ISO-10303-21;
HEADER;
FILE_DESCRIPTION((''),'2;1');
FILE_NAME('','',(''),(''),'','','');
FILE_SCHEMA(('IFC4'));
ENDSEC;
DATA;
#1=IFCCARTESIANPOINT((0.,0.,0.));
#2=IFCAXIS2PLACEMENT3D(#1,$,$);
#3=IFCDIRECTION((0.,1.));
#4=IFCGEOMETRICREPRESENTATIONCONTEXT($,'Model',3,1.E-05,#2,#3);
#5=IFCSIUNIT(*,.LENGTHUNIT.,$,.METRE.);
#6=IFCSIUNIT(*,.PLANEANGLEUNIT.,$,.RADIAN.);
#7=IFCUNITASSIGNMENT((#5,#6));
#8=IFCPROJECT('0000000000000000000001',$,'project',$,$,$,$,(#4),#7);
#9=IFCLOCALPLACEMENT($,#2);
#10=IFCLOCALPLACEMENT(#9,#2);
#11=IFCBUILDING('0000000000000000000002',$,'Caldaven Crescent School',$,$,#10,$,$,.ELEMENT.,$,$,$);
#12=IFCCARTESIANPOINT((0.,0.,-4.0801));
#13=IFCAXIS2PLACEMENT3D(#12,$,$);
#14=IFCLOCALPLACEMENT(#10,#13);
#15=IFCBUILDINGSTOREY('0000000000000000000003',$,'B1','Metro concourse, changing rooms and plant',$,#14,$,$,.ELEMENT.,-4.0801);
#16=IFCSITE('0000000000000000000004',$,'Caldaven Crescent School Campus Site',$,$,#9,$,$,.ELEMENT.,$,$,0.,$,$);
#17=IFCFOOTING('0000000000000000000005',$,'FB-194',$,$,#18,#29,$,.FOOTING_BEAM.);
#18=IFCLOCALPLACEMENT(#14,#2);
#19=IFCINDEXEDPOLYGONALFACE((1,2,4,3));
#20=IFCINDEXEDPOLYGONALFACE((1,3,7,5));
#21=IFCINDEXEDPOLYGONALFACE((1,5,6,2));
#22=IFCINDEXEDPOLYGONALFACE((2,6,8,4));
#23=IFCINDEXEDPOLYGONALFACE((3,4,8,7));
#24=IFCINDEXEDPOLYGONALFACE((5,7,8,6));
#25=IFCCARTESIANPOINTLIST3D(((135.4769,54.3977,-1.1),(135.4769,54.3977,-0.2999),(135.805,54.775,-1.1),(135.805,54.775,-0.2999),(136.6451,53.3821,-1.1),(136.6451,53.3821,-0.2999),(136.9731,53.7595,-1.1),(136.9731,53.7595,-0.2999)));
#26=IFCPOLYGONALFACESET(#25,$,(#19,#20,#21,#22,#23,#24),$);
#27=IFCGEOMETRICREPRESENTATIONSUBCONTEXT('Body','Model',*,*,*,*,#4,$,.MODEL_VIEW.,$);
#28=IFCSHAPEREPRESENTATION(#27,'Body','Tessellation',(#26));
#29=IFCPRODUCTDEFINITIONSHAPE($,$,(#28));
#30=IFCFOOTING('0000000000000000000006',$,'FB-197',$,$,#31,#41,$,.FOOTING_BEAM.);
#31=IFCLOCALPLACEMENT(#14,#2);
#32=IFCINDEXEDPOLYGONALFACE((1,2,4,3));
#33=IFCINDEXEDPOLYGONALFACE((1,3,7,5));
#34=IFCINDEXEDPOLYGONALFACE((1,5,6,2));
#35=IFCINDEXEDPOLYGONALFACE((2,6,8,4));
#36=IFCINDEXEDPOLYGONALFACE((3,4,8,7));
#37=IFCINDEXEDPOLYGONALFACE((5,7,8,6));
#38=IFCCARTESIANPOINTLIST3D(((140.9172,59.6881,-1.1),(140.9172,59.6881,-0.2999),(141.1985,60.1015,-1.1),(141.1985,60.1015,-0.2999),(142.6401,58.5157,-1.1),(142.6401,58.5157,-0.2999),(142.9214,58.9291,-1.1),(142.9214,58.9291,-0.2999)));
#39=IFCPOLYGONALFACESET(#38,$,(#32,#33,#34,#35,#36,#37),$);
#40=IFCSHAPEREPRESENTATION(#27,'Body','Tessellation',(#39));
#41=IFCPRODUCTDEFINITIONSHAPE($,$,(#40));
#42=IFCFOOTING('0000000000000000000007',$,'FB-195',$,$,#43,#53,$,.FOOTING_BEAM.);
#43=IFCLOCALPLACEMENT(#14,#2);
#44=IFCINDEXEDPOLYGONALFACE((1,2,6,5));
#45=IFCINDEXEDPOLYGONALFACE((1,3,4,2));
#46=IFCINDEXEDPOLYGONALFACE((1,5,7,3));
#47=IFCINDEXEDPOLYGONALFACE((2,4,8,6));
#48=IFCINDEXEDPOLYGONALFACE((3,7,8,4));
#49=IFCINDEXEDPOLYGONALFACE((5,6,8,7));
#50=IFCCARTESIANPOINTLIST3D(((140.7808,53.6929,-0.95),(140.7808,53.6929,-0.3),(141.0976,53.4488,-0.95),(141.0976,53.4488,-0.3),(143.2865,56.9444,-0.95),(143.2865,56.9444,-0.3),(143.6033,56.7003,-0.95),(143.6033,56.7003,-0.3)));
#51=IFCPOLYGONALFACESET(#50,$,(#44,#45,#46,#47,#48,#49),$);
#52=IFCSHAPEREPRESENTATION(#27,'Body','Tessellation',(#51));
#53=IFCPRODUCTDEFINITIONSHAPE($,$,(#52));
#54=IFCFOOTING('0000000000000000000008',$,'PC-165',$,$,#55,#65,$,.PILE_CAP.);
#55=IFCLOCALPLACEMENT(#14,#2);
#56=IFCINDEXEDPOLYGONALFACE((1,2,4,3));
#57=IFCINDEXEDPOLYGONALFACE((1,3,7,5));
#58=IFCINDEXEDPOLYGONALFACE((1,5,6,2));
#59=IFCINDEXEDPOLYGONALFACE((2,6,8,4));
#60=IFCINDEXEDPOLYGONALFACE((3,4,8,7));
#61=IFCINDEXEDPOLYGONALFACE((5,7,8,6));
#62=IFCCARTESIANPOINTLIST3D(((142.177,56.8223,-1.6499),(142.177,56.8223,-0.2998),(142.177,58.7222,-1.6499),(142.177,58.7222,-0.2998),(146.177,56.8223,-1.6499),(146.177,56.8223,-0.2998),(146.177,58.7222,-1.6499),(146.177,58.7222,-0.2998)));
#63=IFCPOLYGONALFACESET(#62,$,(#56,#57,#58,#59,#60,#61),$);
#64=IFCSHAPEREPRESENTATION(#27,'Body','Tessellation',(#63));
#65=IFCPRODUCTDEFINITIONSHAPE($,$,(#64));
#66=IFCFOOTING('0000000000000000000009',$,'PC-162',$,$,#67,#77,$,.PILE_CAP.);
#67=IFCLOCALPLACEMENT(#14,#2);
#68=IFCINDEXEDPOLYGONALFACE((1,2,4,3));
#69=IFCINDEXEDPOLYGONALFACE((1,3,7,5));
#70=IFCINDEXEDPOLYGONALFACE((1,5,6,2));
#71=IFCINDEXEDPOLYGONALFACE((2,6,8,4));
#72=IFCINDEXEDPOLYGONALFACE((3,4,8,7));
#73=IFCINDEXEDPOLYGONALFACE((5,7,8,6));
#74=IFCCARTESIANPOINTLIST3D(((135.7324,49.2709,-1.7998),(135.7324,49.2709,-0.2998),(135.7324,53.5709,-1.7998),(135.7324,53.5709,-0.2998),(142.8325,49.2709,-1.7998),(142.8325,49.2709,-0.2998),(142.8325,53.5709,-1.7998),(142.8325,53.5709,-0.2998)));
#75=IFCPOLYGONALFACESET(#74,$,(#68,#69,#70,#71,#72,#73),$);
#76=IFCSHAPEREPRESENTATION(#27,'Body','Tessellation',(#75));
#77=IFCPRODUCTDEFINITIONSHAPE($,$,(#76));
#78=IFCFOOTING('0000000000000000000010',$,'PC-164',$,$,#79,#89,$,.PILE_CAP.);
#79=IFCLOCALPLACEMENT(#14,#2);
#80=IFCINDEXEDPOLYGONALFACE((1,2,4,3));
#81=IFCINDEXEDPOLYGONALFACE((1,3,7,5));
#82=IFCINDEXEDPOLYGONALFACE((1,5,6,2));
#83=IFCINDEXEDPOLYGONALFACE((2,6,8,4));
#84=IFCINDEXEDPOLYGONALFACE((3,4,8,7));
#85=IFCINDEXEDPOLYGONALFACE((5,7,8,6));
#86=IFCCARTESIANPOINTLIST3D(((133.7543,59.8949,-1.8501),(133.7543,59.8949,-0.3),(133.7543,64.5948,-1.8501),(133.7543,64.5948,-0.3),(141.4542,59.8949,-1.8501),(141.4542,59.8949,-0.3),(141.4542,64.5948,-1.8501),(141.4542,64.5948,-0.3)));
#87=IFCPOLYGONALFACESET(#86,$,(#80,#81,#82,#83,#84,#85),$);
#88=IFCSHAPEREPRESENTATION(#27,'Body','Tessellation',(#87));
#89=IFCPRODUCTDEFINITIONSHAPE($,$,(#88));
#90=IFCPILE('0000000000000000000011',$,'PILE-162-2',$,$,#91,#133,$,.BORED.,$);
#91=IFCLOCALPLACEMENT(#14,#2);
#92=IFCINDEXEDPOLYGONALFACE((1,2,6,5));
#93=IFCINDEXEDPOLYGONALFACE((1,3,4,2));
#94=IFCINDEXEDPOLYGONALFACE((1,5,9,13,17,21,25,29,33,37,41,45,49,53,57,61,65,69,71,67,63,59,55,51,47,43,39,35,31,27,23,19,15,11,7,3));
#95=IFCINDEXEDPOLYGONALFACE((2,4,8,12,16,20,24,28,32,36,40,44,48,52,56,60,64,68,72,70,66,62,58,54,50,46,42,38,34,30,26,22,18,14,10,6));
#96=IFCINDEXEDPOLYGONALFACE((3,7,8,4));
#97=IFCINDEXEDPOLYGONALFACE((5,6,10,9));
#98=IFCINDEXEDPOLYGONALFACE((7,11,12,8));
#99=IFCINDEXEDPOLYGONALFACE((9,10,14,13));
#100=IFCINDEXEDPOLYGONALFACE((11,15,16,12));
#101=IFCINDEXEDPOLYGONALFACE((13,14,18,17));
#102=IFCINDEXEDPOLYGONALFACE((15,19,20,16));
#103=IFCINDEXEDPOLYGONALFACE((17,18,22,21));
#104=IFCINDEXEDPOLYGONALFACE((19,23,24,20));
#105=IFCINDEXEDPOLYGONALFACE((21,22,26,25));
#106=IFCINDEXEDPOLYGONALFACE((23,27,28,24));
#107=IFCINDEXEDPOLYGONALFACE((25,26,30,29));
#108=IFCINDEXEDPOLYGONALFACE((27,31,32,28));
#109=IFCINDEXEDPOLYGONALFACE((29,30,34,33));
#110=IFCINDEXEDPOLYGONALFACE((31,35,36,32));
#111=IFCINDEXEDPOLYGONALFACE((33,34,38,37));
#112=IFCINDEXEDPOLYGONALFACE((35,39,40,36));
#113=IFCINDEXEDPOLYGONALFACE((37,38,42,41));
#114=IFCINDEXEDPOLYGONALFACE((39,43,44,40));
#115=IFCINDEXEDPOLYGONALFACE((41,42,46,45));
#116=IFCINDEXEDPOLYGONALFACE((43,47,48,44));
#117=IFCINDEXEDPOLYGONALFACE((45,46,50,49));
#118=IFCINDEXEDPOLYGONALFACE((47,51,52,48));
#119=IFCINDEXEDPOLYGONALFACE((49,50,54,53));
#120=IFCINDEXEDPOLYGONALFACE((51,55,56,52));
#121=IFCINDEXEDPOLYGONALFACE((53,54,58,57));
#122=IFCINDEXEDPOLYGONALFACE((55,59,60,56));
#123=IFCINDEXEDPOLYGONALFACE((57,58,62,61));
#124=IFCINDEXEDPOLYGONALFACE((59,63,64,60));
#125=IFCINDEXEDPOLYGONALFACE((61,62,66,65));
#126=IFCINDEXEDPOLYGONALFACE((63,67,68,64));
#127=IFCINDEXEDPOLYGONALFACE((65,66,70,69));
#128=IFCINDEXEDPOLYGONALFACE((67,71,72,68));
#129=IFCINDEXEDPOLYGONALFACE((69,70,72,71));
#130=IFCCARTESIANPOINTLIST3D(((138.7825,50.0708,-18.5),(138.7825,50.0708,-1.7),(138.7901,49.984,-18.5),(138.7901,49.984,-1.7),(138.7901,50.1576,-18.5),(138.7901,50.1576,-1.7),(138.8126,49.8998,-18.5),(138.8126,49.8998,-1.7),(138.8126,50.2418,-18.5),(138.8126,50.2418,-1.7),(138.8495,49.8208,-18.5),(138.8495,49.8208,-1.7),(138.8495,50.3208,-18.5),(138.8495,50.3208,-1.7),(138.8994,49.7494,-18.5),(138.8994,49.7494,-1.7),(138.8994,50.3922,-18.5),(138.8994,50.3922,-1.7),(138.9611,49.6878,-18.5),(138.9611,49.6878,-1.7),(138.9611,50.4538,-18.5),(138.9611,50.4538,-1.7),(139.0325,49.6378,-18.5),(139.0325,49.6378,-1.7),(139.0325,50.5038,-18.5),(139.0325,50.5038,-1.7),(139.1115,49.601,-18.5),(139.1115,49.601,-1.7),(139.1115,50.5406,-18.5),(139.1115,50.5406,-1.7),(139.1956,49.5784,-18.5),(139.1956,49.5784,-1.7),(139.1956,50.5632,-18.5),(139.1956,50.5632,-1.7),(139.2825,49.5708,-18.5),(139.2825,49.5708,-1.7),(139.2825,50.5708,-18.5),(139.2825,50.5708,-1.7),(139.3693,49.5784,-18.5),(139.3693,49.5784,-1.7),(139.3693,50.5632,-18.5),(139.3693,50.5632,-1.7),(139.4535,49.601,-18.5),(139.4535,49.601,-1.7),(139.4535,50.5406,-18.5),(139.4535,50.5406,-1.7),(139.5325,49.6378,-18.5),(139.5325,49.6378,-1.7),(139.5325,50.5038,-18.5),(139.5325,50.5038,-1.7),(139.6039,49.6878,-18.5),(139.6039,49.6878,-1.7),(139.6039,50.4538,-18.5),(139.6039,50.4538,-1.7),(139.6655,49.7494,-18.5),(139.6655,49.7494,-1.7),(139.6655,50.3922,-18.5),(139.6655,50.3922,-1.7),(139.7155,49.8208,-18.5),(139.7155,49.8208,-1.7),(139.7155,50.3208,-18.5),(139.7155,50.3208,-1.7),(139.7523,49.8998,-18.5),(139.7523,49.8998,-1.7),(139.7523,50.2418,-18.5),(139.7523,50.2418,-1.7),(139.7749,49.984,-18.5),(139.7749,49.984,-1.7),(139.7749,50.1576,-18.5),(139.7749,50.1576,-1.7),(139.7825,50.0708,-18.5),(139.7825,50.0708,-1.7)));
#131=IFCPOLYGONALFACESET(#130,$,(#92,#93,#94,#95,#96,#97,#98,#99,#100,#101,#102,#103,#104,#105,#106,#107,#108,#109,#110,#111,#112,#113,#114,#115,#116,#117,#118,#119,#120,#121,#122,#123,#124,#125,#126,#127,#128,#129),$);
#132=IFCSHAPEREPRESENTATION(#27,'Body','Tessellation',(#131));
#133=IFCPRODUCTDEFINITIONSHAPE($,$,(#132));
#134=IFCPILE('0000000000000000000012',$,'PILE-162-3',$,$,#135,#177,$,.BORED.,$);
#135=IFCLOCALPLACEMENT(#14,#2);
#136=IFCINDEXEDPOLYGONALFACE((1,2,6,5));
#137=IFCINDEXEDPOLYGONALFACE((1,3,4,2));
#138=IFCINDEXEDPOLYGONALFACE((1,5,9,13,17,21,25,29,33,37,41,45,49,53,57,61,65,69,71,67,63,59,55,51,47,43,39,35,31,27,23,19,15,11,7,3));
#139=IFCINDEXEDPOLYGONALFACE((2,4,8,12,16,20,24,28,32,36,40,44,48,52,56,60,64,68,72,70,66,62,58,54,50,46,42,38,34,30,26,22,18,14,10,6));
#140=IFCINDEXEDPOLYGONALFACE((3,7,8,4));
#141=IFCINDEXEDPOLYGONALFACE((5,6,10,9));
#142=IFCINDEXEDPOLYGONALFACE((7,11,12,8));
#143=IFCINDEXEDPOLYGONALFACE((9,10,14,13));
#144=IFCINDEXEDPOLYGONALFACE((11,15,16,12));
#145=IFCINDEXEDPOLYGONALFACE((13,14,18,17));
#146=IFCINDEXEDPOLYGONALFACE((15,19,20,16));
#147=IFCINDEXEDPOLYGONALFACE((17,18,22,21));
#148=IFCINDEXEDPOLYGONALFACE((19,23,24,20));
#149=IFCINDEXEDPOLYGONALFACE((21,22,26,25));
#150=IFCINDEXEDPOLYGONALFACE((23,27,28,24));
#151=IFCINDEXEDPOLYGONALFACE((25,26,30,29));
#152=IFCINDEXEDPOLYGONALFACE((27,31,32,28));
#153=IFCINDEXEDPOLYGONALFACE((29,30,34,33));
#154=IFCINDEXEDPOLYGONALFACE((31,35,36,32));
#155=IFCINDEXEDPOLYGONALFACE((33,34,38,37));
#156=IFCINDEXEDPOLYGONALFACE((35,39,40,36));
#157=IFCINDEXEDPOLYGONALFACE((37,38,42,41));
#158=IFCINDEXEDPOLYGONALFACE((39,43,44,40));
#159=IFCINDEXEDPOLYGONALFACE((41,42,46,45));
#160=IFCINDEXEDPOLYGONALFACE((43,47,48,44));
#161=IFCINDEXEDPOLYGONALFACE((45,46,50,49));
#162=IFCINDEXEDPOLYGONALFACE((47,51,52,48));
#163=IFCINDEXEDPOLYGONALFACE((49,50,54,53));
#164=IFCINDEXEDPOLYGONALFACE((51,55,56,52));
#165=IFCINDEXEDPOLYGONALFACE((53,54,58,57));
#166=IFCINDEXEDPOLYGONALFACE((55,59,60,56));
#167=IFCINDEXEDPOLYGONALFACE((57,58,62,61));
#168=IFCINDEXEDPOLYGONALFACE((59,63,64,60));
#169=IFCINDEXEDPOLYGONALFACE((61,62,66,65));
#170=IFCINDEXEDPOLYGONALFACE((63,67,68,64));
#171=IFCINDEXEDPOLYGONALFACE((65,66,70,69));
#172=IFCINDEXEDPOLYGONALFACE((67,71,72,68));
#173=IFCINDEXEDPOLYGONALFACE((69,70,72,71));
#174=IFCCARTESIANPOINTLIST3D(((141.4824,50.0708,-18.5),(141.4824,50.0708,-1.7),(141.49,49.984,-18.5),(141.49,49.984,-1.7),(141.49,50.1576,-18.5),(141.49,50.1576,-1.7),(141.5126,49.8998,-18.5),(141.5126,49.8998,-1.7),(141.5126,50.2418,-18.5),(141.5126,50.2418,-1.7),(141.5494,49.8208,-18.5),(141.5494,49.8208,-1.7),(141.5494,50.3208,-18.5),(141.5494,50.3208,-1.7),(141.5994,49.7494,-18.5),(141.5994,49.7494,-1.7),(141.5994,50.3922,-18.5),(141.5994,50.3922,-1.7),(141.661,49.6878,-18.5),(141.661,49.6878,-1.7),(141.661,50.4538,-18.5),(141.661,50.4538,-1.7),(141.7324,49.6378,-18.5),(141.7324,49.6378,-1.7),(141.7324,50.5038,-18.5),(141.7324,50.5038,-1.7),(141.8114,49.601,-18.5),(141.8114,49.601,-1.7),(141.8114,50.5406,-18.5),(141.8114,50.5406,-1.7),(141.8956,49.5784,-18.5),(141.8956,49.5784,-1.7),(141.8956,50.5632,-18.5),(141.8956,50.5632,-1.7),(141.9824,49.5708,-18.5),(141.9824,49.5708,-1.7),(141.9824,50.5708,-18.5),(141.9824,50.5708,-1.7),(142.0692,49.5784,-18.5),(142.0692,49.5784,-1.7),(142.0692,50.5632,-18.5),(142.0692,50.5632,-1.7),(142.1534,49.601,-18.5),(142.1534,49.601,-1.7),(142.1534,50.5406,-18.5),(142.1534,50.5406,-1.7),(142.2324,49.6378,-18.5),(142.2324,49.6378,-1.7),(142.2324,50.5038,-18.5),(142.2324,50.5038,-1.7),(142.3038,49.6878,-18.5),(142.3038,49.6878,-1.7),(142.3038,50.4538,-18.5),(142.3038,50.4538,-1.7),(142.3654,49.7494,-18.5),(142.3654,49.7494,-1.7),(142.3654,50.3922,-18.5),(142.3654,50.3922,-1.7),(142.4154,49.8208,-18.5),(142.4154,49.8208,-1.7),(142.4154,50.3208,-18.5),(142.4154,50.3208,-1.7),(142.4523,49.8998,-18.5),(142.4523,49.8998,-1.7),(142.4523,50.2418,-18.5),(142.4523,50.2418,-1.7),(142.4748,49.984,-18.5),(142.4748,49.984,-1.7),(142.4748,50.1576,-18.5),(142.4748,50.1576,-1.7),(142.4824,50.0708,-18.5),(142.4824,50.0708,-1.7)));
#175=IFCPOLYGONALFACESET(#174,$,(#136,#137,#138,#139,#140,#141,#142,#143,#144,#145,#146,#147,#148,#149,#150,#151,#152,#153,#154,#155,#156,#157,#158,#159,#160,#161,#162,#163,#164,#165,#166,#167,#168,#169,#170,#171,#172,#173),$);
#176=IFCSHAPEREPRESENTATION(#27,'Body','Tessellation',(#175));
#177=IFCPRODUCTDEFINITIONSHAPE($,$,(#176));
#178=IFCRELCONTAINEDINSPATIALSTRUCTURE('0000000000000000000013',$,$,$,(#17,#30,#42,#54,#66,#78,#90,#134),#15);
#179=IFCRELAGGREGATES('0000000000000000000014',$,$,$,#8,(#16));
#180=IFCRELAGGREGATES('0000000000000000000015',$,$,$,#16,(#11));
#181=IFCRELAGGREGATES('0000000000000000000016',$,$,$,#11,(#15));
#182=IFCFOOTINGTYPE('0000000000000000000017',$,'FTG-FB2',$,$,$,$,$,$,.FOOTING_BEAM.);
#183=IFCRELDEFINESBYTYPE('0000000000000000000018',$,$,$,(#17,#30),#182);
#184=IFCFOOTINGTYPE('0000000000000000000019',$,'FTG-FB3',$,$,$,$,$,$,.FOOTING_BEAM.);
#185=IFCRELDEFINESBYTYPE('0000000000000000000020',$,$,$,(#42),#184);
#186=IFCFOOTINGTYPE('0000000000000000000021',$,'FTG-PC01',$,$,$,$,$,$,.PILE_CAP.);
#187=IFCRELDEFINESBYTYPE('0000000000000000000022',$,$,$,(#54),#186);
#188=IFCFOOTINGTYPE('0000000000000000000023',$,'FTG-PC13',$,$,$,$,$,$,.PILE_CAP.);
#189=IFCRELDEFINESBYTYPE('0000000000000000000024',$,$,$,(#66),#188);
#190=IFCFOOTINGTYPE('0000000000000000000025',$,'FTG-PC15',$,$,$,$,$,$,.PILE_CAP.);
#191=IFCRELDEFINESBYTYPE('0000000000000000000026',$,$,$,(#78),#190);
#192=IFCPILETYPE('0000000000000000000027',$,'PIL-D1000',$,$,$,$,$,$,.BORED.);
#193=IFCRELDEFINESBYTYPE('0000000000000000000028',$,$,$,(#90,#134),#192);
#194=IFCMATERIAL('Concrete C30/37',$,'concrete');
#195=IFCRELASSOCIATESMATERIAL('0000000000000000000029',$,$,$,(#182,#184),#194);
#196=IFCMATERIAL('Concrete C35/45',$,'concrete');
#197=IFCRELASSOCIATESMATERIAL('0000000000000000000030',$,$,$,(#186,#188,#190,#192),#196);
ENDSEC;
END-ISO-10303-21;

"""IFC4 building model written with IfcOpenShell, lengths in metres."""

from ifc_helpers import new_model, si_unit, direction, frame, origin, origin_2d, place, context, subcontext, project, spatial, rectangle, circle, extrude, material, material_profile, profile_set, type_object, element, save


model = new_model("IFC4")

# Units and contexts
model_context = context("Model", 3, precision=1e-05, world=origin(), true_north=direction((0.0, 1.0)))
body_context = subcontext(model_context, "Body", "Model", "MODEL_VIEW")
ifc_project = project(units=[si_unit("LENGTHUNIT", "METRE"), si_unit("PLANEANGLEUNIT", "RADIAN")], contexts=[model_context])

# Site, building, storey
site_placement = place(None, origin())
site = spatial("IfcSite", under=ifc_project, at=site_placement, Name="Caldaven Crescent School Campus Site", CompositionType="ELEMENT", RefElevation=0.0)
building_placement = place(site_placement, origin())
building = spatial("IfcBuilding", under=site, at=building_placement, Name="Caldaven Crescent School", CompositionType="ELEMENT")
storey_placement = place(building_placement, frame((0.0, 0.0, -4.0801)))
storey = spatial("IfcBuildingStorey", under=building, at=storey_placement, Name="B1", Description="Metro concourse, changing rooms and plant", CompositionType="ELEMENT", Elevation=-4.0801)

# Footings
ifc_material_1 = material(Name="Concrete C30/37", Category="concrete")
ifc_material_profile_1 = material_profile(ifc_material_1, rectangle(XDim=0.5, YDim=0.8, at=origin_2d()), Name="FB 500x800")
ifc_profile_set_1 = profile_set([ifc_material_profile_1], Name="Concrete C30/37")
footing_type_1 = type_object("IfcFootingType", Name="FTG-FB2", PredefinedType="FOOTING_BEAM", material=ifc_profile_set_1)
footing_1_placement = place(storey_placement, frame((136.8091, 53.5708, -0.7), z_axis=(-0.754673, 0.656101, 0.0), x_axis=(-0.656101, -0.754673, 0.0)))
element("IfcFooting", 1, at=footing_1_placement, inside=storey, type_object=footing_type_1, Name="FB-194", PredefinedType="FOOTING_BEAM", context=body_context, shape_type="SweptSolid", body=[
    extrude(rectangle(XDim=0.5, YDim=0.8, at=origin_2d()), origin(), (0.0, 0.0, 1.0), 1.5479),
])
footing_2_placement = place(storey_placement, frame((142.7808, 58.7224, -0.7), z_axis=(-0.82675, 0.56257, 0.0), x_axis=(-0.56257, -0.82675, 0.0)))
element("IfcFooting", 2, at=footing_2_placement, inside=storey, type_object=footing_type_1, Name="FB-197", PredefinedType="FOOTING_BEAM", context=body_context, shape_type="SweptSolid", body=[
    extrude(rectangle(XDim=0.5, YDim=0.8, at=origin_2d()), origin(), (0.0, 0.0, 1.0), 2.084),
])
ifc_material_profile_2 = material_profile(ifc_material_1, rectangle(XDim=0.3999, YDim=0.6499, at=origin_2d()), Name="FB 400x650")
ifc_profile_set_2 = profile_set([ifc_material_profile_2], Name="Concrete C30/37")
footing_type_2 = type_object("IfcFootingType", Name="FTG-FB3", PredefinedType="FOOTING_BEAM", material=ifc_profile_set_2)
footing_3_placement = place(storey_placement, frame((140.9392, 53.5708, -0.625), z_axis=(0.610397, 0.792095, 0.0), x_axis=(-0.792095, 0.610397, 0.0)))
element("IfcFooting", 3, at=footing_3_placement, inside=storey, type_object=footing_type_2, Name="FB-195", PredefinedType="FOOTING_BEAM", context=body_context, shape_type="SweptSolid", body=[
    extrude(rectangle(XDim=0.3999, YDim=0.6499, at=origin_2d()), origin(), (0.0, 0.0, 1.0), 4.105),
])
ifc_material_2 = material(Name="Concrete C35/45", Category="concrete")
footing_type_3 = type_object("IfcFootingType", Name="FTG-PC01", PredefinedType="PILE_CAP", material=ifc_material_2)
footing_4_placement = place(storey_placement, frame((144.177, 57.7722, -1.6499), z_axis=(0.0, 0.0, 1.0), x_axis=(1.0, 0.0, 0.0)))
element("IfcFooting", 4, at=footing_4_placement, inside=storey, type_object=footing_type_3, Name="PC-165", PredefinedType="PILE_CAP", context=body_context, shape_type="SweptSolid", body=[
    extrude(rectangle(XDim=4.0, YDim=1.8999, at=origin_2d()), origin(), (0.0, 0.0, 1.0), 1.3501),
])
footing_type_4 = type_object("IfcFootingType", Name="FTG-PC13", PredefinedType="PILE_CAP", material=ifc_material_2)
footing_5_placement = place(storey_placement, frame((139.2825, 51.4209, -1.7998), z_axis=(0.0, 0.0, 1.0), x_axis=(1.0, 0.0, 0.0)))
element("IfcFooting", 5, at=footing_5_placement, inside=storey, type_object=footing_type_4, Name="PC-162", PredefinedType="PILE_CAP", context=body_context, shape_type="SweptSolid", body=[
    extrude(rectangle(XDim=7.1001, YDim=4.3, at=origin_2d()), origin(), (0.0, 0.0, 1.0), 1.5),
])
footing_type_5 = type_object("IfcFootingType", Name="FTG-PC15", PredefinedType="PILE_CAP", material=ifc_material_2)
footing_6_placement = place(storey_placement, frame((137.6042, 62.2449, -1.8501), z_axis=(0.0, 0.0, 1.0), x_axis=(1.0, 0.0, 0.0)))
element("IfcFooting", 6, at=footing_6_placement, inside=storey, type_object=footing_type_5, Name="PC-164", PredefinedType="PILE_CAP", context=body_context, shape_type="SweptSolid", body=[
    extrude(rectangle(XDim=7.7, YDim=4.7, at=origin_2d()), origin(), (0.0, 0.0, 1.0), 1.55),
])

# Piles
ifc_material_profile_3 = material_profile(ifc_material_2, circle(Radius=0.5, at=origin_2d()), Name="PILE D1000")
ifc_profile_set_3 = profile_set([ifc_material_profile_3], Name="Concrete C35/45")
pile_type = type_object("IfcPileType", Name="PIL-D1000", PredefinedType="BORED", material=ifc_profile_set_3)
for number, where, z_axis, x_axis, name in (
    (7, (139.2825, 50.0708, -1.7), (0.0, 0.0, -1.0), (1.0, 0.0, 0.0), "PILE-162-2"),
    (8, (141.9824, 50.0708, -1.7), (0.0, 0.0, -1.0), (1.0, 0.0, 0.0), "PILE-162-3"),
):
    element("IfcPile", number, at=place(storey_placement, frame(where, z_axis=z_axis, x_axis=x_axis)), inside=storey, type_object=pile_type, Name=name, PredefinedType="BORED", context=body_context, shape_type="SweptSolid", body=[
        extrude(circle(Radius=0.5, at=origin_2d()), origin(), (0.0, 0.0, 1.0), 16.8),
    ])

save(model, "model.ifc")
